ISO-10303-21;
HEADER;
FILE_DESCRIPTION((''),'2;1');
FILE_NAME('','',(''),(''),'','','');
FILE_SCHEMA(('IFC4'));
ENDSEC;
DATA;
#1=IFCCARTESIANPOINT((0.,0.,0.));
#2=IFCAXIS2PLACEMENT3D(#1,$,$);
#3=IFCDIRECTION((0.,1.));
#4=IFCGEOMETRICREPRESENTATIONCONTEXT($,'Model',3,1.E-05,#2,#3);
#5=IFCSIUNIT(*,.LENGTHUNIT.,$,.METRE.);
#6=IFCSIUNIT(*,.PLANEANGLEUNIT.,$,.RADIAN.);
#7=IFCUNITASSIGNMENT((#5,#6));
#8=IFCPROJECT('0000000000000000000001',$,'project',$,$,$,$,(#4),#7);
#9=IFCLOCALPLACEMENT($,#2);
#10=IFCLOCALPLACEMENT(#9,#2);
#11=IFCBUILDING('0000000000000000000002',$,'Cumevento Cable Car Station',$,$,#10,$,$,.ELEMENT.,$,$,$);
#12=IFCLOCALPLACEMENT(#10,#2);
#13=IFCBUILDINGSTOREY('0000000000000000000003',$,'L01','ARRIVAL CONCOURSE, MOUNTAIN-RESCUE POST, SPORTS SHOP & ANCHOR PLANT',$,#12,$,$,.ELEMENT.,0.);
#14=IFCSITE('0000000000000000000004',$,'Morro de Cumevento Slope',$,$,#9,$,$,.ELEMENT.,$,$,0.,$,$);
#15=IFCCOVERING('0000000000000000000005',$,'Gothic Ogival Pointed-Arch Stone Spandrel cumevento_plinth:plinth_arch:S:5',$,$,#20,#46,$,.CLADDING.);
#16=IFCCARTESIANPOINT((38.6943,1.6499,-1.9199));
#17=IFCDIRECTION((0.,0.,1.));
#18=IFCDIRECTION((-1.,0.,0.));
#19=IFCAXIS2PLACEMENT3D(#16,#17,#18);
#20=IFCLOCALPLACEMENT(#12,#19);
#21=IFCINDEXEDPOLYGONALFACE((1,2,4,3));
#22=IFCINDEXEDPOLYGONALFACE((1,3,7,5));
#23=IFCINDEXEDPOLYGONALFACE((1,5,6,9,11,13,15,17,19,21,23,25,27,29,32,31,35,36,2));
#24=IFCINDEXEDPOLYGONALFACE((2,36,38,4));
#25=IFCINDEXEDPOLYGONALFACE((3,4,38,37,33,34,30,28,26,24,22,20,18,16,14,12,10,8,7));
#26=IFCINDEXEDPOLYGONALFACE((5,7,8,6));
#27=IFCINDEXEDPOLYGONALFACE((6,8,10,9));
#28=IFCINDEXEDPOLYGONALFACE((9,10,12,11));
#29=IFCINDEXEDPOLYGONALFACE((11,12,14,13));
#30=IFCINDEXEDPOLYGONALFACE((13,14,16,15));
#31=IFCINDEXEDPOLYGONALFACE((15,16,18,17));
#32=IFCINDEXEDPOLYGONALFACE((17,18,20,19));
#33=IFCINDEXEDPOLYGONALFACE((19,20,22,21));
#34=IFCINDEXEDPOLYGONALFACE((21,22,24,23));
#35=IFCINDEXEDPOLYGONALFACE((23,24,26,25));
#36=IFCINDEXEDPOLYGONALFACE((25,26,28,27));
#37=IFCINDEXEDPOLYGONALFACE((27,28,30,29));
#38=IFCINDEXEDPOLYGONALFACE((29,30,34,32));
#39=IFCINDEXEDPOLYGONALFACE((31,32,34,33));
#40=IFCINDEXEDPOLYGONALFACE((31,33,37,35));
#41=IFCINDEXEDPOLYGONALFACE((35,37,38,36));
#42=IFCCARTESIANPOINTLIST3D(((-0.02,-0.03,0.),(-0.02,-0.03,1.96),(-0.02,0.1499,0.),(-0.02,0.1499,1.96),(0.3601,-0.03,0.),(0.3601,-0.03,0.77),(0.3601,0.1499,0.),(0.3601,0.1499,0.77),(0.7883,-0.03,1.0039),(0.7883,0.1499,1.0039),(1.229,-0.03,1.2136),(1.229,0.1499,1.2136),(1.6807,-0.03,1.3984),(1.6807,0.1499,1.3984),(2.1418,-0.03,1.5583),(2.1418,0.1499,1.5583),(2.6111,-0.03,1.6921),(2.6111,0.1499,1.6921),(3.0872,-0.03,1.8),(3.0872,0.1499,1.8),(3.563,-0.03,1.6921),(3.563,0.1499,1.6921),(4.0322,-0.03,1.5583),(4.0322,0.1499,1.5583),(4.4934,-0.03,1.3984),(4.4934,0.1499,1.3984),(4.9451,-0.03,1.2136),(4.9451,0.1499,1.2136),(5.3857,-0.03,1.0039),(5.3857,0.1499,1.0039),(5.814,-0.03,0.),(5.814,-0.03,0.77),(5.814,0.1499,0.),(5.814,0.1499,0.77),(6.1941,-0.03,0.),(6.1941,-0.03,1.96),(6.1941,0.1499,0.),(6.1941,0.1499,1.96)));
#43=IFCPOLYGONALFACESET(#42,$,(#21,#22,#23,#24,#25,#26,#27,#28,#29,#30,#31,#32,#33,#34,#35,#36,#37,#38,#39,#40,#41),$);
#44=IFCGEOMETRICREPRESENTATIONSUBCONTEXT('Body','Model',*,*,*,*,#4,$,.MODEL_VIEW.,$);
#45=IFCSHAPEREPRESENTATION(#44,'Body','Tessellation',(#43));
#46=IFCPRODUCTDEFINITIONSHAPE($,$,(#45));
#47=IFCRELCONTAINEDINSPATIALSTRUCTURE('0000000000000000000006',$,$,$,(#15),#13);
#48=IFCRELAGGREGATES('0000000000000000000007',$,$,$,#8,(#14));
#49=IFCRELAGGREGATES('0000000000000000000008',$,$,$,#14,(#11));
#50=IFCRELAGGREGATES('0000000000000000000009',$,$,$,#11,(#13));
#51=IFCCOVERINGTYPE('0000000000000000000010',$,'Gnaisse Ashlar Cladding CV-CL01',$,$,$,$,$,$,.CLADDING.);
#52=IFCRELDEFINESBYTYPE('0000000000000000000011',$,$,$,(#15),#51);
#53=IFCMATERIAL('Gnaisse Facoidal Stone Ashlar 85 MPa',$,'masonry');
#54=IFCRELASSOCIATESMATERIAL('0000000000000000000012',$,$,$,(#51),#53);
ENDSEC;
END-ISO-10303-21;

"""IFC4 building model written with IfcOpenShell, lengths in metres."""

from ifc_helpers import new_model, si_unit, direction, frame, origin, place, context, subcontext, project, spatial, polyline, outline, extrude, material, type_object, element, save


model = new_model("IFC4")

# Units and contexts
model_context = context("Model", 3, precision=1e-05, world=origin(), true_north=direction((0.0, 1.0)))
body_context = subcontext(model_context, "Body", "Model", "MODEL_VIEW")
ifc_project = project(units=[si_unit("LENGTHUNIT", "METRE"), si_unit("PLANEANGLEUNIT", "RADIAN")], contexts=[model_context])

# Site, building, storey
site_placement = place(None, origin())
site = spatial("IfcSite", under=ifc_project, at=site_placement, Name="Morro de Cumevento Slope", CompositionType="ELEMENT", RefElevation=0.0)
building_placement = place(site_placement, origin())
building = spatial("IfcBuilding", under=site, at=building_placement, Name="Cumevento Cable Car Station", CompositionType="ELEMENT")
storey_placement = place(building_placement, origin())
storey = spatial("IfcBuildingStorey", under=building, at=storey_placement, Name="L01", Description="ARRIVAL CONCOURSE, MOUNTAIN-RESCUE POST, SPORTS SHOP & ANCHOR PLANT", CompositionType="ELEMENT", Elevation=0.0)

# Covering
ifc_material_1 = material(Name="Gnaisse Facoidal Stone Ashlar 85 MPa", Category="masonry")
covering_type = type_object("IfcCoveringType", Name="Gnaisse Ashlar Cladding CV-CL01", PredefinedType="CLADDING", material=ifc_material_1)
covering_1_placement = place(storey_placement, frame((38.6943, 1.6499, -1.9199), z_axis=(0.0, 0.0, 1.0), x_axis=(-1.0, 0.0, 0.0)))
element("IfcCovering", 1, at=covering_1_placement, inside=storey, type_object=covering_type, Name="Gothic Ogival Pointed-Arch Stone Spandrel cumevento_plinth:plinth_arch:S:5", PredefinedType="CLADDING", context=body_context, shape_type="SweptSolid", body=[
    extrude(outline(polyline([(-0.02, 0.0), (-0.02, 1.96), (6.1941, 1.96), (6.1941, 0.0), (5.814, 0.0), (5.814, 0.77), (5.3857, 1.0039), (4.9451, 1.2136), (4.4934, 1.3984), (4.0322, 1.5583), (3.563, 1.6921), (3.0872, 1.8), (2.6111, 1.6921), (2.1418, 1.5583), (1.6807, 1.3984), (1.229, 1.2136), (0.7883, 1.0039), (0.3601, 0.77), (0.3601, 0.0), (-0.02, 0.0)])), frame((0.0, 0.1499, 0.0), z_axis=(0.0, -1.0, 0.0), x_axis=(1.0, 0.0, 0.0)), (0.0, 0.0, 1.0), 0.1799),
])

save(model, "model.ifc")
